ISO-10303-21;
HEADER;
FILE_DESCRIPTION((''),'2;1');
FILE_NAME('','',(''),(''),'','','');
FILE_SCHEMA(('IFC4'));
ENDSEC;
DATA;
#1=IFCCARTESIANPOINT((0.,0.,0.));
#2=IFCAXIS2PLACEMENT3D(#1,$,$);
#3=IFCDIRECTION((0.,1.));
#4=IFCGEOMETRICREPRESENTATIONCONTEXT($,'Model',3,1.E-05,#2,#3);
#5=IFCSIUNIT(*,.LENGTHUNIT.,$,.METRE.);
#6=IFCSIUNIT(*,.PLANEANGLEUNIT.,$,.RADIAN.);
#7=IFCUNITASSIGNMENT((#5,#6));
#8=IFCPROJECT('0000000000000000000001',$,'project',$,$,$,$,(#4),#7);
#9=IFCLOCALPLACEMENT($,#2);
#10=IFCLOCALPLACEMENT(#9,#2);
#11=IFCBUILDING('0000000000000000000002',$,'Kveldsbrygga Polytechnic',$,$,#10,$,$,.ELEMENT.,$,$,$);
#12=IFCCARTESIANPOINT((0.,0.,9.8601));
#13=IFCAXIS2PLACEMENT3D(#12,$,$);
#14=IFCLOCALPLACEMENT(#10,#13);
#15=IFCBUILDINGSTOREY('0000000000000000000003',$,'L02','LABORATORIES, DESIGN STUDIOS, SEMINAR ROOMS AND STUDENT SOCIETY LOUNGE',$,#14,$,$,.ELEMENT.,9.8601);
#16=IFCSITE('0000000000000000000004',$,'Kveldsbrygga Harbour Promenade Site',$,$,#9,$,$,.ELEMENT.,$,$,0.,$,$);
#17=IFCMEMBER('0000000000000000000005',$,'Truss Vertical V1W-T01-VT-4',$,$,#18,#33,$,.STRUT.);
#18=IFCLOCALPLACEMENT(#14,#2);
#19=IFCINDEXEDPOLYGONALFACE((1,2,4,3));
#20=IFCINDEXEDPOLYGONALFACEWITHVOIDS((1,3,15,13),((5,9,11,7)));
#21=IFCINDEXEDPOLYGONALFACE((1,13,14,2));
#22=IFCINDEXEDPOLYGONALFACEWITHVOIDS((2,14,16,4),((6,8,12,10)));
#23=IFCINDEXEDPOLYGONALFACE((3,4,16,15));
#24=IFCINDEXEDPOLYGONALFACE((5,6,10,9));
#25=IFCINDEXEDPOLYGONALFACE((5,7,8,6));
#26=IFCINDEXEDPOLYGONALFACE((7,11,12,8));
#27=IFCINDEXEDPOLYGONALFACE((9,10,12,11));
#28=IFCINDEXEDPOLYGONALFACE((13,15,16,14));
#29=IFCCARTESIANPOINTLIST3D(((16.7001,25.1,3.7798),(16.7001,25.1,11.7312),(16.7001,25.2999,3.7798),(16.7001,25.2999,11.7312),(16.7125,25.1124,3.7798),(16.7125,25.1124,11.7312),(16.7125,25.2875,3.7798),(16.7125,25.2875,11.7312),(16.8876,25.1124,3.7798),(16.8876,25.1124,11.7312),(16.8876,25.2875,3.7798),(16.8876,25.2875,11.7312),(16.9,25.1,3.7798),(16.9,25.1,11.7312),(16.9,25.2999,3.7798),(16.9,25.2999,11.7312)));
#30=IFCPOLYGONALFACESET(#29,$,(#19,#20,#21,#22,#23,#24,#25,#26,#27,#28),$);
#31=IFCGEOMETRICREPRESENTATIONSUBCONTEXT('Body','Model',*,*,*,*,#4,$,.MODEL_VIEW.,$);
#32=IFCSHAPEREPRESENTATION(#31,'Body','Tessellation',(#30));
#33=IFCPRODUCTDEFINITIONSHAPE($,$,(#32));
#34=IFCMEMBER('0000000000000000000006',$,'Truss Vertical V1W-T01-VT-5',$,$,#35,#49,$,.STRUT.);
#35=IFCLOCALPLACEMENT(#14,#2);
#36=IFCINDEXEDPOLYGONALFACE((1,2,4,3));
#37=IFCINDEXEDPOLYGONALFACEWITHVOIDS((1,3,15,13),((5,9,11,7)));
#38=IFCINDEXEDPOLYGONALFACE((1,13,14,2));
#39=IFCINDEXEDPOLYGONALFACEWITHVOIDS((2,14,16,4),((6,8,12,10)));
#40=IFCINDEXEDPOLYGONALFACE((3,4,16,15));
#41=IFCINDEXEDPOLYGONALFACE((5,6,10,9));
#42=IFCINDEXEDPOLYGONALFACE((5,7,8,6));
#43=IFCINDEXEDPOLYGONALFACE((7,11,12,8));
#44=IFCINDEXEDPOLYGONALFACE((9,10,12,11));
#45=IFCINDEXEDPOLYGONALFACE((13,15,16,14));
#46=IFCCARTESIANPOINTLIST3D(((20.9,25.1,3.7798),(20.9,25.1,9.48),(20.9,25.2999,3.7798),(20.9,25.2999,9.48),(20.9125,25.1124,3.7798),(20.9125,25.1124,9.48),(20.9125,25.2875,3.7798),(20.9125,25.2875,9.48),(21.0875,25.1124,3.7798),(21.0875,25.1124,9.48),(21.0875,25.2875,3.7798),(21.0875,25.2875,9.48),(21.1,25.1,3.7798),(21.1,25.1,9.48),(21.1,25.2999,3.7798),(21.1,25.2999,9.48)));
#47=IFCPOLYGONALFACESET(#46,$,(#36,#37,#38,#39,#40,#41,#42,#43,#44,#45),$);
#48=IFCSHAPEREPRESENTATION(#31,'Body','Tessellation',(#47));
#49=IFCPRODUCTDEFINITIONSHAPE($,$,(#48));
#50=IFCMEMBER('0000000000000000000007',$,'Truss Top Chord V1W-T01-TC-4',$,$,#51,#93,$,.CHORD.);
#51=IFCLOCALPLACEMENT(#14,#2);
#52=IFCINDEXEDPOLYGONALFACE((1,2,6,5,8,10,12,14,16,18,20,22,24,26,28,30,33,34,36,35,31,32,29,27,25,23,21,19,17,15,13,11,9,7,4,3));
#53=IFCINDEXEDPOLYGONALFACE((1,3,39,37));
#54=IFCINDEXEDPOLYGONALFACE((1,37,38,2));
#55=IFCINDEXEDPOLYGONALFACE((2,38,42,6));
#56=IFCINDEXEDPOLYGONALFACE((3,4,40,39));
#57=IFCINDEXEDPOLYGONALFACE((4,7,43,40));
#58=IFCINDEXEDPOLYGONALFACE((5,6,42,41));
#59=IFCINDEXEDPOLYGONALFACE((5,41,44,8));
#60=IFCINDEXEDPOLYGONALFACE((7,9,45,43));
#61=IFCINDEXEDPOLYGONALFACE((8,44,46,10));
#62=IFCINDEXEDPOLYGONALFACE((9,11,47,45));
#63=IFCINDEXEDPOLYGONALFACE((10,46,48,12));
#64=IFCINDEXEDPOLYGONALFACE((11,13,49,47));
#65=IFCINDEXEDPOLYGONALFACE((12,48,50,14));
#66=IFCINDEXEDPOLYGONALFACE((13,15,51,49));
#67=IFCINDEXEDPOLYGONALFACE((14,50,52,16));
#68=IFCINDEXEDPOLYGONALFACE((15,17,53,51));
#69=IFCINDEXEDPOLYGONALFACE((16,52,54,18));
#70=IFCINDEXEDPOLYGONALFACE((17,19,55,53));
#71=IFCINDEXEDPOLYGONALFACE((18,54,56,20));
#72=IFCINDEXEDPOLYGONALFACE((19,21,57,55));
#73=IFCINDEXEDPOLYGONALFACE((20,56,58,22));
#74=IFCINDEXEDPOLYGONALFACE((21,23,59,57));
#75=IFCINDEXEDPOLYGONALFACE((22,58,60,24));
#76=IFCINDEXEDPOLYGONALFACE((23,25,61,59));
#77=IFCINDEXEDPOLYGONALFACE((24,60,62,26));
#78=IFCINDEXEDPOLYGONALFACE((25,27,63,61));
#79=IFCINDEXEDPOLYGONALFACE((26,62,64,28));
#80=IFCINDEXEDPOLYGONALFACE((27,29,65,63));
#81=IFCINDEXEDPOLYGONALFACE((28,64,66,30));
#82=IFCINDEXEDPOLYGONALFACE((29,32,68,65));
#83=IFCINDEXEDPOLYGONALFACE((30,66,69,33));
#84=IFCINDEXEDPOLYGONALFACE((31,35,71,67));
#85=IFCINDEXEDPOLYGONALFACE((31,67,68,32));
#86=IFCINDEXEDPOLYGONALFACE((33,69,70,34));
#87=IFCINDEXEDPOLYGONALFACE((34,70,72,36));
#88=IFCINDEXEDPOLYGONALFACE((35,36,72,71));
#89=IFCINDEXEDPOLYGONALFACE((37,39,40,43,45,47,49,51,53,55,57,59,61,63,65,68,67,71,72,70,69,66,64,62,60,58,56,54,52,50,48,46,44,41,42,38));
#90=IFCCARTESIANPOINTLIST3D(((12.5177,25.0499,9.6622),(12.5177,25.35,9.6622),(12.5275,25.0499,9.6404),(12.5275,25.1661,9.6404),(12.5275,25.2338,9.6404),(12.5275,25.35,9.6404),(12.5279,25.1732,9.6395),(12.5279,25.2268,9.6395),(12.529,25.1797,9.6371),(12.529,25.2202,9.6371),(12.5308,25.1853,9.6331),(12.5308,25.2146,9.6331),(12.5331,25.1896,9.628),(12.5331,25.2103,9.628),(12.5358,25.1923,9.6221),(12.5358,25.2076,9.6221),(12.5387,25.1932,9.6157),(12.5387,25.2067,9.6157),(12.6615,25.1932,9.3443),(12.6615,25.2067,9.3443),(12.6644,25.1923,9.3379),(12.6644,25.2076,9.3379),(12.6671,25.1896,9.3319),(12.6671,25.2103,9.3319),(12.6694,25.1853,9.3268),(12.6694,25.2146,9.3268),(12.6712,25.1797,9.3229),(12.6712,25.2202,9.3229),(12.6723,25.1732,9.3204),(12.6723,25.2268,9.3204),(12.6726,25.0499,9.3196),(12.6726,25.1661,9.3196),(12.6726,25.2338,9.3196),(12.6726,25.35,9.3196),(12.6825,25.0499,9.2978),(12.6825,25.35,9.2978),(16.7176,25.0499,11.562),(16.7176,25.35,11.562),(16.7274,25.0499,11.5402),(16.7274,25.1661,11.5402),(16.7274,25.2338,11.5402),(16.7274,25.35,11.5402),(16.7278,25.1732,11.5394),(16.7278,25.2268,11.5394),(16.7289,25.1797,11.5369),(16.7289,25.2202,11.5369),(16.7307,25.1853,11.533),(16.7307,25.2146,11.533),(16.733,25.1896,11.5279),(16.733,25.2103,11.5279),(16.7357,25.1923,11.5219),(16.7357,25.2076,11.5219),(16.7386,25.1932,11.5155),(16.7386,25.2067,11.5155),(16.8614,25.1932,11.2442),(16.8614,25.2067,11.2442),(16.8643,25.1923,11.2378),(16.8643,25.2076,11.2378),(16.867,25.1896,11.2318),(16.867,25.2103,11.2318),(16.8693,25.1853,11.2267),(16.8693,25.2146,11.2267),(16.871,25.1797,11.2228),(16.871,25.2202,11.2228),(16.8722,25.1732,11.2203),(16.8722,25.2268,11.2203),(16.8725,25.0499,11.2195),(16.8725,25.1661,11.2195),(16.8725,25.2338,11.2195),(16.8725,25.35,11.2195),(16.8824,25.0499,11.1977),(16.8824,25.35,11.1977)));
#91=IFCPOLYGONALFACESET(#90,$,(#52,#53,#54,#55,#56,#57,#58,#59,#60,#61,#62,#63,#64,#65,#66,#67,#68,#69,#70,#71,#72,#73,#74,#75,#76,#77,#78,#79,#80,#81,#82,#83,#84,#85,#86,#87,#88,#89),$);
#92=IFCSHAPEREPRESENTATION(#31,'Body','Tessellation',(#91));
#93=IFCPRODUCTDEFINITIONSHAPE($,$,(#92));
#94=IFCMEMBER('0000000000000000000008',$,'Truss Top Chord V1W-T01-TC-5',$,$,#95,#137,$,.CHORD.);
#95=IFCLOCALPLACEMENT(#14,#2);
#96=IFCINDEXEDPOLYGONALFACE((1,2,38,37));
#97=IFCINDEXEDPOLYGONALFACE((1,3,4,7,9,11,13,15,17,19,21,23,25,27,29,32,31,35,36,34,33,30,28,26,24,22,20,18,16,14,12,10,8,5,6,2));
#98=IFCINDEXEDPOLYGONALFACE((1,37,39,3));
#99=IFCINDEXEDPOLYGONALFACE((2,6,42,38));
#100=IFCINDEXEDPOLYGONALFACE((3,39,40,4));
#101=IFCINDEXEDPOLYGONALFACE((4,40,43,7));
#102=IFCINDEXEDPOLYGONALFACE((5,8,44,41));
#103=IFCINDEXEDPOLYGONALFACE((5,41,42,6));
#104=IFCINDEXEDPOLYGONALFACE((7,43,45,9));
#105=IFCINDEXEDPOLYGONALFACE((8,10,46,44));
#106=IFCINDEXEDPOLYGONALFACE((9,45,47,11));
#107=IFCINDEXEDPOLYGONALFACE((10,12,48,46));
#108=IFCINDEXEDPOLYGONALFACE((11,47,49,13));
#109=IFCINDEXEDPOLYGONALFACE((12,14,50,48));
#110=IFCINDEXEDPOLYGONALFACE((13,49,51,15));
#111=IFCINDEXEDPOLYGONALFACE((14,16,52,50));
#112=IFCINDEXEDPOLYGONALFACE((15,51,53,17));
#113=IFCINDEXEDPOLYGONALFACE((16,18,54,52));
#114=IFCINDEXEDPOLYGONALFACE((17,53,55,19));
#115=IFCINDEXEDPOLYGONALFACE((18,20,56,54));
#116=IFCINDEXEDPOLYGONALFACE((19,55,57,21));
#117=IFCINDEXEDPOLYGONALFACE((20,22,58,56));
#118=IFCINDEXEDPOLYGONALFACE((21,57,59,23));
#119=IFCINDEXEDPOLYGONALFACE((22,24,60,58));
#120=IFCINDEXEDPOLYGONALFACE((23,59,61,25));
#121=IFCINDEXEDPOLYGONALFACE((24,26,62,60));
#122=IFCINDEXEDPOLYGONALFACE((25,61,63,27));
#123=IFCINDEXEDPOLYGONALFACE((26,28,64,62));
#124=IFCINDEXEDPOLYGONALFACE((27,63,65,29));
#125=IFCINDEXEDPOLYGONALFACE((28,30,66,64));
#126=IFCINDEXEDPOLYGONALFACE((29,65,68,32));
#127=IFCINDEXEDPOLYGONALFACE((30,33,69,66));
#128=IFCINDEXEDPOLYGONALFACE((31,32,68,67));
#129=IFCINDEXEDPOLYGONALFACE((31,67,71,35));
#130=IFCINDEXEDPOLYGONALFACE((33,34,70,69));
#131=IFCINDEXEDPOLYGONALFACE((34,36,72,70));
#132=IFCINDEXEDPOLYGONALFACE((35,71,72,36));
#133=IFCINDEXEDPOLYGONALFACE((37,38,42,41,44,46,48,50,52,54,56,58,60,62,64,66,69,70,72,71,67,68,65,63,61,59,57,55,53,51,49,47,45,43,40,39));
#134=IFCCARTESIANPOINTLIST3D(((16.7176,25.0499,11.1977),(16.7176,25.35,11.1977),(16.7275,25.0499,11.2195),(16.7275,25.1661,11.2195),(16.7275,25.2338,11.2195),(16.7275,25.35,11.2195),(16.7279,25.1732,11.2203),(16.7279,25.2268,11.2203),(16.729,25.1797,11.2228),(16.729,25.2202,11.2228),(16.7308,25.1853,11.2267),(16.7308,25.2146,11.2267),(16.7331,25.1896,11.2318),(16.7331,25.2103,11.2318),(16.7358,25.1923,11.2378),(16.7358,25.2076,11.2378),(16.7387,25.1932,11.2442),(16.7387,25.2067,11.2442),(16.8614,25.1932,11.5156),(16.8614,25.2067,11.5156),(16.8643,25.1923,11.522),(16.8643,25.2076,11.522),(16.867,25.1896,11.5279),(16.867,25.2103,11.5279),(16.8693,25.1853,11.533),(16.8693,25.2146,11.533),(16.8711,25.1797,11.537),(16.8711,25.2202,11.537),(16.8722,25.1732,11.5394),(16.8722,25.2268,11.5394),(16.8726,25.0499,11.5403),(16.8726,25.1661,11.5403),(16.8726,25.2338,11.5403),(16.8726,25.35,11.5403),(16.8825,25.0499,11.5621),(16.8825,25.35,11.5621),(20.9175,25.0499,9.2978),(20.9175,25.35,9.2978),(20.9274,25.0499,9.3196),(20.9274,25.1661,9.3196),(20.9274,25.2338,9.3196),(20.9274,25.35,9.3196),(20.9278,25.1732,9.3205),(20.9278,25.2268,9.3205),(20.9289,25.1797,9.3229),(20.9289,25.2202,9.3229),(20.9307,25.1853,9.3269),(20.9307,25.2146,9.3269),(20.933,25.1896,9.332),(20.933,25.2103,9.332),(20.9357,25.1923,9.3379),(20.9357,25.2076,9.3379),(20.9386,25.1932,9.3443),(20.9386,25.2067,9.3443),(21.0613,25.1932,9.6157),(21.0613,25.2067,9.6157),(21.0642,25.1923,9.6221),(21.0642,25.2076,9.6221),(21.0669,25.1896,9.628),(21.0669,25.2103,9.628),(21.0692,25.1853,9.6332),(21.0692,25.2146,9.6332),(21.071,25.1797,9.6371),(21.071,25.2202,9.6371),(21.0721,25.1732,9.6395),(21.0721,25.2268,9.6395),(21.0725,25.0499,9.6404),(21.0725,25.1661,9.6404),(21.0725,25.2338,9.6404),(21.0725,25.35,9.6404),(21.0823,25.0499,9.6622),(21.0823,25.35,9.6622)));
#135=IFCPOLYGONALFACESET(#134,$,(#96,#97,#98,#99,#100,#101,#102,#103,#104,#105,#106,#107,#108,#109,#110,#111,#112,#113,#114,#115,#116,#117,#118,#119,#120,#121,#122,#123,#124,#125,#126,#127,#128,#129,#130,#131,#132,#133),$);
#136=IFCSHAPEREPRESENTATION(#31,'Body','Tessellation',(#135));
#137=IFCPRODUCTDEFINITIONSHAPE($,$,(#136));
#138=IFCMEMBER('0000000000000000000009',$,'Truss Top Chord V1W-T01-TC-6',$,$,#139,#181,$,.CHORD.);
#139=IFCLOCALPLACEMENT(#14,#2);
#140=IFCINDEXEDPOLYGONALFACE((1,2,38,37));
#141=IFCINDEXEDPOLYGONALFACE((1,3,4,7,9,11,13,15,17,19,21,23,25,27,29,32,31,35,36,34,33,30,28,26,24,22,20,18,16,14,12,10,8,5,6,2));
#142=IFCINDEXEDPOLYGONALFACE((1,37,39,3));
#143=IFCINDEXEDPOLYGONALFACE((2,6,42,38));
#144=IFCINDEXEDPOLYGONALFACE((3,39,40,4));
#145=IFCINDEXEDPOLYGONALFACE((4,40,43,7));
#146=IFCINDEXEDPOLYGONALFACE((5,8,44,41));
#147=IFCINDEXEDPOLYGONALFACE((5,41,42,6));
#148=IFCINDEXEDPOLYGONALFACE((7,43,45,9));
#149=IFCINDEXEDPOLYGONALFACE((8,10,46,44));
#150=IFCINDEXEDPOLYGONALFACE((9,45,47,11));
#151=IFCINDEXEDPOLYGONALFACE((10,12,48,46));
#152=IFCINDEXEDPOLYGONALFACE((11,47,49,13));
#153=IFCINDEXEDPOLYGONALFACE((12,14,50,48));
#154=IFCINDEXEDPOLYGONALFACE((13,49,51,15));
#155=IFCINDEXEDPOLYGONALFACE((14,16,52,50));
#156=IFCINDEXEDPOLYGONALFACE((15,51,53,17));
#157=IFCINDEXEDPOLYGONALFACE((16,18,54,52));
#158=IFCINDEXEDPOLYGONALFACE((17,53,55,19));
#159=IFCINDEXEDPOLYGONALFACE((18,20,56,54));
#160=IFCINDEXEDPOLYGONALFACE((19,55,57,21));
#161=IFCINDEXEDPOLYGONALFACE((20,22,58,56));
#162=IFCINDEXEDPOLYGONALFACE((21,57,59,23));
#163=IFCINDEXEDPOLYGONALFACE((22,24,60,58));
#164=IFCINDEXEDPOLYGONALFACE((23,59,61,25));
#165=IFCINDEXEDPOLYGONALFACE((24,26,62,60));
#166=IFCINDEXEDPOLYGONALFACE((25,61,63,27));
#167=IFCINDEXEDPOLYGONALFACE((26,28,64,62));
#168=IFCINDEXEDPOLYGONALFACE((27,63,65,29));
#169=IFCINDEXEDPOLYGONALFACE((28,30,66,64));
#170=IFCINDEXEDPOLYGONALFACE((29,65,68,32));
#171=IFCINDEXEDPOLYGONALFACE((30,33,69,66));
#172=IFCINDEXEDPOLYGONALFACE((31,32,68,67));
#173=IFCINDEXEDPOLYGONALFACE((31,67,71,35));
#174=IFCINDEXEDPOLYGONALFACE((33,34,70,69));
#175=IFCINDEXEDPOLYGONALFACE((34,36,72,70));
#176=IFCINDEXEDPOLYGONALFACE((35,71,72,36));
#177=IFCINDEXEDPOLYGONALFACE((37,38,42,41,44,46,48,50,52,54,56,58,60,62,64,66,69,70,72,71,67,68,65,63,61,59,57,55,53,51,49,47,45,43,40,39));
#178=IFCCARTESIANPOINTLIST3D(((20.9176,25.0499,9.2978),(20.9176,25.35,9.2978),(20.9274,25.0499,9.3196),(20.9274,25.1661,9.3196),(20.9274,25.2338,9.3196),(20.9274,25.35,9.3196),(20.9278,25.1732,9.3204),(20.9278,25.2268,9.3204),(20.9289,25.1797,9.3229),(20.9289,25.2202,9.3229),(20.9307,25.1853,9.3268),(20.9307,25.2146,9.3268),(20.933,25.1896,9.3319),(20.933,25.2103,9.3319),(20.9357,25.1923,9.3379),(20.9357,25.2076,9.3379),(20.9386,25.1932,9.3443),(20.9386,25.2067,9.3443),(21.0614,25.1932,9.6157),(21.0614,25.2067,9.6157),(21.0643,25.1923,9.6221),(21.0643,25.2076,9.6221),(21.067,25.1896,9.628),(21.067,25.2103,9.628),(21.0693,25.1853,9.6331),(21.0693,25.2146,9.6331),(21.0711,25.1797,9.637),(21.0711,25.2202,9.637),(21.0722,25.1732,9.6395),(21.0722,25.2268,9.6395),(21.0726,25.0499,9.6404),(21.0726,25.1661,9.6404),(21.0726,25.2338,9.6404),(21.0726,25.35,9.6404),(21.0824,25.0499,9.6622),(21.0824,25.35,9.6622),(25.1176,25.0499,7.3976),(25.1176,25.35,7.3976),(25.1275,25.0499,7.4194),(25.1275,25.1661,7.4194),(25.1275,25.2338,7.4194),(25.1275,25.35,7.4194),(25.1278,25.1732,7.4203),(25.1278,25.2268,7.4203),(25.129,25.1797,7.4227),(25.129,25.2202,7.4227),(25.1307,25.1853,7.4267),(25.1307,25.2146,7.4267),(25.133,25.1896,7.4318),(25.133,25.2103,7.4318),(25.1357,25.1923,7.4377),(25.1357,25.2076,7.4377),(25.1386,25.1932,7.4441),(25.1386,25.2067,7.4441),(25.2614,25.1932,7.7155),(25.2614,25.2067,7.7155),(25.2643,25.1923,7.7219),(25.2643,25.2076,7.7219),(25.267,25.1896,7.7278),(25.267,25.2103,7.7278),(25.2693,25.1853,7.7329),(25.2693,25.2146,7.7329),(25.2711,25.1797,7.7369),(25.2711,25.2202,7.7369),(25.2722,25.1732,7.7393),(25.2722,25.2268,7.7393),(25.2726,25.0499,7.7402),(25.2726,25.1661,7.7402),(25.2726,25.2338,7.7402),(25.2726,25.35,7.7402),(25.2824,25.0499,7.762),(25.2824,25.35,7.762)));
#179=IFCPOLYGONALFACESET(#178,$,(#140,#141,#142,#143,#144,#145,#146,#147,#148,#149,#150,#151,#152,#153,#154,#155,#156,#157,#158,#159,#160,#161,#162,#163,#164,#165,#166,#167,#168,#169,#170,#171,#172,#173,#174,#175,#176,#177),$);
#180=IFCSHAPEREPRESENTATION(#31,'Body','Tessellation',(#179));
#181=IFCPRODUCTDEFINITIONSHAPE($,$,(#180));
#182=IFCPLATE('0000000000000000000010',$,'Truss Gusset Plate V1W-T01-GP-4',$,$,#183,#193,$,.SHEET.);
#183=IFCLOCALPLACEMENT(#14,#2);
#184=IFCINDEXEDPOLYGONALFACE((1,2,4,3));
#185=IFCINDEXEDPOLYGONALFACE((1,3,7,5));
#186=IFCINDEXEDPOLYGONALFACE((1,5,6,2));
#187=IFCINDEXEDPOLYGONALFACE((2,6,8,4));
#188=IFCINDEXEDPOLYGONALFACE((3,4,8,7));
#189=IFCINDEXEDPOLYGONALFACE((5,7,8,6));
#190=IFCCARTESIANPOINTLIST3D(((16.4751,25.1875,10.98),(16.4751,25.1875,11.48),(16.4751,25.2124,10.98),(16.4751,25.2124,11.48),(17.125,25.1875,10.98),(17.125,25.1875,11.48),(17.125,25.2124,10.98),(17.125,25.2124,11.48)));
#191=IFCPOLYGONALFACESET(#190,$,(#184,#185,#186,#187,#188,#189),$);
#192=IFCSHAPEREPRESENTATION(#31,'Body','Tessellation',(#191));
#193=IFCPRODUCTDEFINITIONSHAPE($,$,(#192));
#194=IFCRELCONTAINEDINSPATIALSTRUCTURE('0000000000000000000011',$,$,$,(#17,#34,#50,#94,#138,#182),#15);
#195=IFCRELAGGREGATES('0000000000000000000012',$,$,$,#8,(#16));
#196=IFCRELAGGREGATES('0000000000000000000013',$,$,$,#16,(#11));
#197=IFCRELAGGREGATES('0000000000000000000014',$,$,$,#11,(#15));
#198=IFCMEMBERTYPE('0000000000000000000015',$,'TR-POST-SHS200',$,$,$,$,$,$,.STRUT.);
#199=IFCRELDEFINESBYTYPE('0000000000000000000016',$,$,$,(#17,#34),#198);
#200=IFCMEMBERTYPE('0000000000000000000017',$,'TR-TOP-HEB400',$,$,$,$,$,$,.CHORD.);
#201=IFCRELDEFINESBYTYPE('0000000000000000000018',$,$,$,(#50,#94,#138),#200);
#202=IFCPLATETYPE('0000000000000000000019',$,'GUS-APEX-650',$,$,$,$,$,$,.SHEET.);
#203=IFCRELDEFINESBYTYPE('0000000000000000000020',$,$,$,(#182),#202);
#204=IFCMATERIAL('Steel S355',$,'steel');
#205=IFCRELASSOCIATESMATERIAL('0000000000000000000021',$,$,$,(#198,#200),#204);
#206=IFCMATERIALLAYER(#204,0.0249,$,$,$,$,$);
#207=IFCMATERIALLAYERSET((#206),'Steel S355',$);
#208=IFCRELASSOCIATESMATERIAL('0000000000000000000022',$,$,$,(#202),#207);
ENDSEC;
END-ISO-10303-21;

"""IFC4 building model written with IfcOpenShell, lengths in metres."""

from ifc_helpers import new_model, si_unit, direction, frame, origin, origin_2d, place, context, subcontext, project, spatial, rectangle, hollow_rectangle, i_section, extrude, material, layer, layer_set, material_profile, profile_set, type_object, element, save


model = new_model("IFC4")

# Units and contexts
model_context = context("Model", 3, precision=1e-05, world=origin(), true_north=direction((0.0, 1.0)))
body_context = subcontext(model_context, "Body", "Model", "MODEL_VIEW")
ifc_project = project(units=[si_unit("LENGTHUNIT", "METRE"), si_unit("PLANEANGLEUNIT", "RADIAN")], contexts=[model_context])

# Site, building, storey
site_placement = place(None, origin())
site = spatial("IfcSite", under=ifc_project, at=site_placement, Name="Kveldsbrygga Harbour Promenade Site", CompositionType="ELEMENT", RefElevation=0.0)
building_placement = place(site_placement, origin())
building = spatial("IfcBuilding", under=site, at=building_placement, Name="Kveldsbrygga Polytechnic", CompositionType="ELEMENT")
storey_placement = place(building_placement, frame((0.0, 0.0, 9.8601)))
storey = spatial("IfcBuildingStorey", under=building, at=storey_placement, Name="L02", Description="LABORATORIES, DESIGN STUDIOS, SEMINAR ROOMS AND STUDENT SOCIETY LOUNGE", CompositionType="ELEMENT", Elevation=9.8601)

# Members
ifc_material_1 = material(Name="Steel S355", Category="steel")
ifc_material_profile_1 = material_profile(ifc_material_1, hollow_rectangle(XDim=0.2, YDim=0.2, WallThickness=0.0125, at=origin_2d()), Name="SHS 200x200x12.5")
ifc_profile_set_1 = profile_set([ifc_material_profile_1], Name="Steel S355")
member_type_1 = type_object("IfcMemberType", Name="TR-POST-SHS200", PredefinedType="STRUT", material=ifc_profile_set_1)
member_1_placement = place(storey_placement, frame((16.8, 25.2, 3.7798), z_axis=(0.0, 0.0, 1.0), x_axis=(1.0, 0.0, 0.0)))
element("IfcMember", 1, at=member_1_placement, inside=storey, type_object=member_type_1, Name="Truss Vertical V1W-T01-VT-4", PredefinedType="STRUT", context=body_context, shape_type="SweptSolid", body=[
    extrude(hollow_rectangle(XDim=0.2, YDim=0.2, WallThickness=0.0125, at=origin_2d()), origin(), (0.0, 0.0, 1.0), 7.9514),
])
member_2_placement = place(storey_placement, frame((21.0, 25.2, 3.7798), z_axis=(0.0, 0.0, 1.0), x_axis=(1.0, 0.0, 0.0)))
element("IfcMember", 2, at=member_2_placement, inside=storey, type_object=member_type_1, Name="Truss Vertical V1W-T01-VT-5", PredefinedType="STRUT", context=body_context, shape_type="SweptSolid", body=[
    extrude(hollow_rectangle(XDim=0.2, YDim=0.2, WallThickness=0.0125, at=origin_2d()), origin(), (0.0, 0.0, 1.0), 5.7002),
])
ifc_material_profile_2 = material_profile(ifc_material_1, i_section(OverallWidth=0.3, OverallDepth=0.3999, WebThickness=0.0134, FlangeThickness=0.0239, FilletRadius=0.0271, at=origin_2d()), Name="HEB 400")
ifc_profile_set_2 = profile_set([ifc_material_profile_2], Name="Steel S355")
member_type_2 = type_object("IfcMemberType", Name="TR-TOP-HEB400", PredefinedType="CHORD", material=ifc_profile_set_2)
for number, where, z_axis, x_axis, name in (
    (3, (12.6001, 25.2, 9.48), (0.911114, 0.0, 0.412154), (0.0, 1.0, 0.0), "Truss Top Chord V1W-T01-TC-4"),
    (4, (16.8, 25.2, 11.3799), (0.911114, 0.0, -0.412154), (0.0, 1.0, 0.0), "Truss Top Chord V1W-T01-TC-5"),
):
    element("IfcMember", number, at=place(storey_placement, frame(where, z_axis=z_axis, x_axis=x_axis)), inside=storey, type_object=member_type_2, Name=name, PredefinedType="CHORD", context=body_context, shape_type="SweptSolid", body=[
        extrude(i_section(OverallWidth=0.3, OverallDepth=0.3999, WebThickness=0.0134, FlangeThickness=0.0239, FilletRadius=0.0271, at=origin_2d()), origin(), (0.0, 0.0, 1.0), 4.6096),
    ])
member_3_placement = place(storey_placement, frame((21.0, 25.2, 9.48), z_axis=(0.911094, 0.0, -0.412198), x_axis=(0.0, 1.0, 0.0)))
element("IfcMember", 5, at=member_3_placement, inside=storey, type_object=member_type_2, Name="Truss Top Chord V1W-T01-TC-6", PredefinedType="CHORD", context=body_context, shape_type="SweptSolid", body=[
    extrude(i_section(OverallWidth=0.3, OverallDepth=0.3999, WebThickness=0.0134, FlangeThickness=0.0239, FilletRadius=0.0271, at=origin_2d()), origin(), (0.0, 0.0, 1.0), 4.6099),
])

# Plate
ifc_layer_1 = layer(ifc_material_1, 0.0249)
ifc_layer_set_1 = layer_set([ifc_layer_1], Name="Steel S355")
plate_type_1 = type_object("IfcPlateType", Name="GUS-APEX-650", PredefinedType="SHEET", material=ifc_layer_set_1)
plate_placement = place(storey_placement, frame((16.8, 25.2, 10.98), z_axis=(0.0, 0.0, 1.0), x_axis=(1.0, 0.0, 0.0)))
element("IfcPlate", 6, at=plate_placement, inside=storey, type_object=plate_type_1, Name="Truss Gusset Plate V1W-T01-GP-4", PredefinedType="SHEET", context=body_context, shape_type="SweptSolid", body=[
    extrude(rectangle(XDim=0.6499, YDim=0.0249, at=origin_2d()), origin(), (0.0, 0.0, 1.0), 0.5),
])

save(model, "model.ifc")
